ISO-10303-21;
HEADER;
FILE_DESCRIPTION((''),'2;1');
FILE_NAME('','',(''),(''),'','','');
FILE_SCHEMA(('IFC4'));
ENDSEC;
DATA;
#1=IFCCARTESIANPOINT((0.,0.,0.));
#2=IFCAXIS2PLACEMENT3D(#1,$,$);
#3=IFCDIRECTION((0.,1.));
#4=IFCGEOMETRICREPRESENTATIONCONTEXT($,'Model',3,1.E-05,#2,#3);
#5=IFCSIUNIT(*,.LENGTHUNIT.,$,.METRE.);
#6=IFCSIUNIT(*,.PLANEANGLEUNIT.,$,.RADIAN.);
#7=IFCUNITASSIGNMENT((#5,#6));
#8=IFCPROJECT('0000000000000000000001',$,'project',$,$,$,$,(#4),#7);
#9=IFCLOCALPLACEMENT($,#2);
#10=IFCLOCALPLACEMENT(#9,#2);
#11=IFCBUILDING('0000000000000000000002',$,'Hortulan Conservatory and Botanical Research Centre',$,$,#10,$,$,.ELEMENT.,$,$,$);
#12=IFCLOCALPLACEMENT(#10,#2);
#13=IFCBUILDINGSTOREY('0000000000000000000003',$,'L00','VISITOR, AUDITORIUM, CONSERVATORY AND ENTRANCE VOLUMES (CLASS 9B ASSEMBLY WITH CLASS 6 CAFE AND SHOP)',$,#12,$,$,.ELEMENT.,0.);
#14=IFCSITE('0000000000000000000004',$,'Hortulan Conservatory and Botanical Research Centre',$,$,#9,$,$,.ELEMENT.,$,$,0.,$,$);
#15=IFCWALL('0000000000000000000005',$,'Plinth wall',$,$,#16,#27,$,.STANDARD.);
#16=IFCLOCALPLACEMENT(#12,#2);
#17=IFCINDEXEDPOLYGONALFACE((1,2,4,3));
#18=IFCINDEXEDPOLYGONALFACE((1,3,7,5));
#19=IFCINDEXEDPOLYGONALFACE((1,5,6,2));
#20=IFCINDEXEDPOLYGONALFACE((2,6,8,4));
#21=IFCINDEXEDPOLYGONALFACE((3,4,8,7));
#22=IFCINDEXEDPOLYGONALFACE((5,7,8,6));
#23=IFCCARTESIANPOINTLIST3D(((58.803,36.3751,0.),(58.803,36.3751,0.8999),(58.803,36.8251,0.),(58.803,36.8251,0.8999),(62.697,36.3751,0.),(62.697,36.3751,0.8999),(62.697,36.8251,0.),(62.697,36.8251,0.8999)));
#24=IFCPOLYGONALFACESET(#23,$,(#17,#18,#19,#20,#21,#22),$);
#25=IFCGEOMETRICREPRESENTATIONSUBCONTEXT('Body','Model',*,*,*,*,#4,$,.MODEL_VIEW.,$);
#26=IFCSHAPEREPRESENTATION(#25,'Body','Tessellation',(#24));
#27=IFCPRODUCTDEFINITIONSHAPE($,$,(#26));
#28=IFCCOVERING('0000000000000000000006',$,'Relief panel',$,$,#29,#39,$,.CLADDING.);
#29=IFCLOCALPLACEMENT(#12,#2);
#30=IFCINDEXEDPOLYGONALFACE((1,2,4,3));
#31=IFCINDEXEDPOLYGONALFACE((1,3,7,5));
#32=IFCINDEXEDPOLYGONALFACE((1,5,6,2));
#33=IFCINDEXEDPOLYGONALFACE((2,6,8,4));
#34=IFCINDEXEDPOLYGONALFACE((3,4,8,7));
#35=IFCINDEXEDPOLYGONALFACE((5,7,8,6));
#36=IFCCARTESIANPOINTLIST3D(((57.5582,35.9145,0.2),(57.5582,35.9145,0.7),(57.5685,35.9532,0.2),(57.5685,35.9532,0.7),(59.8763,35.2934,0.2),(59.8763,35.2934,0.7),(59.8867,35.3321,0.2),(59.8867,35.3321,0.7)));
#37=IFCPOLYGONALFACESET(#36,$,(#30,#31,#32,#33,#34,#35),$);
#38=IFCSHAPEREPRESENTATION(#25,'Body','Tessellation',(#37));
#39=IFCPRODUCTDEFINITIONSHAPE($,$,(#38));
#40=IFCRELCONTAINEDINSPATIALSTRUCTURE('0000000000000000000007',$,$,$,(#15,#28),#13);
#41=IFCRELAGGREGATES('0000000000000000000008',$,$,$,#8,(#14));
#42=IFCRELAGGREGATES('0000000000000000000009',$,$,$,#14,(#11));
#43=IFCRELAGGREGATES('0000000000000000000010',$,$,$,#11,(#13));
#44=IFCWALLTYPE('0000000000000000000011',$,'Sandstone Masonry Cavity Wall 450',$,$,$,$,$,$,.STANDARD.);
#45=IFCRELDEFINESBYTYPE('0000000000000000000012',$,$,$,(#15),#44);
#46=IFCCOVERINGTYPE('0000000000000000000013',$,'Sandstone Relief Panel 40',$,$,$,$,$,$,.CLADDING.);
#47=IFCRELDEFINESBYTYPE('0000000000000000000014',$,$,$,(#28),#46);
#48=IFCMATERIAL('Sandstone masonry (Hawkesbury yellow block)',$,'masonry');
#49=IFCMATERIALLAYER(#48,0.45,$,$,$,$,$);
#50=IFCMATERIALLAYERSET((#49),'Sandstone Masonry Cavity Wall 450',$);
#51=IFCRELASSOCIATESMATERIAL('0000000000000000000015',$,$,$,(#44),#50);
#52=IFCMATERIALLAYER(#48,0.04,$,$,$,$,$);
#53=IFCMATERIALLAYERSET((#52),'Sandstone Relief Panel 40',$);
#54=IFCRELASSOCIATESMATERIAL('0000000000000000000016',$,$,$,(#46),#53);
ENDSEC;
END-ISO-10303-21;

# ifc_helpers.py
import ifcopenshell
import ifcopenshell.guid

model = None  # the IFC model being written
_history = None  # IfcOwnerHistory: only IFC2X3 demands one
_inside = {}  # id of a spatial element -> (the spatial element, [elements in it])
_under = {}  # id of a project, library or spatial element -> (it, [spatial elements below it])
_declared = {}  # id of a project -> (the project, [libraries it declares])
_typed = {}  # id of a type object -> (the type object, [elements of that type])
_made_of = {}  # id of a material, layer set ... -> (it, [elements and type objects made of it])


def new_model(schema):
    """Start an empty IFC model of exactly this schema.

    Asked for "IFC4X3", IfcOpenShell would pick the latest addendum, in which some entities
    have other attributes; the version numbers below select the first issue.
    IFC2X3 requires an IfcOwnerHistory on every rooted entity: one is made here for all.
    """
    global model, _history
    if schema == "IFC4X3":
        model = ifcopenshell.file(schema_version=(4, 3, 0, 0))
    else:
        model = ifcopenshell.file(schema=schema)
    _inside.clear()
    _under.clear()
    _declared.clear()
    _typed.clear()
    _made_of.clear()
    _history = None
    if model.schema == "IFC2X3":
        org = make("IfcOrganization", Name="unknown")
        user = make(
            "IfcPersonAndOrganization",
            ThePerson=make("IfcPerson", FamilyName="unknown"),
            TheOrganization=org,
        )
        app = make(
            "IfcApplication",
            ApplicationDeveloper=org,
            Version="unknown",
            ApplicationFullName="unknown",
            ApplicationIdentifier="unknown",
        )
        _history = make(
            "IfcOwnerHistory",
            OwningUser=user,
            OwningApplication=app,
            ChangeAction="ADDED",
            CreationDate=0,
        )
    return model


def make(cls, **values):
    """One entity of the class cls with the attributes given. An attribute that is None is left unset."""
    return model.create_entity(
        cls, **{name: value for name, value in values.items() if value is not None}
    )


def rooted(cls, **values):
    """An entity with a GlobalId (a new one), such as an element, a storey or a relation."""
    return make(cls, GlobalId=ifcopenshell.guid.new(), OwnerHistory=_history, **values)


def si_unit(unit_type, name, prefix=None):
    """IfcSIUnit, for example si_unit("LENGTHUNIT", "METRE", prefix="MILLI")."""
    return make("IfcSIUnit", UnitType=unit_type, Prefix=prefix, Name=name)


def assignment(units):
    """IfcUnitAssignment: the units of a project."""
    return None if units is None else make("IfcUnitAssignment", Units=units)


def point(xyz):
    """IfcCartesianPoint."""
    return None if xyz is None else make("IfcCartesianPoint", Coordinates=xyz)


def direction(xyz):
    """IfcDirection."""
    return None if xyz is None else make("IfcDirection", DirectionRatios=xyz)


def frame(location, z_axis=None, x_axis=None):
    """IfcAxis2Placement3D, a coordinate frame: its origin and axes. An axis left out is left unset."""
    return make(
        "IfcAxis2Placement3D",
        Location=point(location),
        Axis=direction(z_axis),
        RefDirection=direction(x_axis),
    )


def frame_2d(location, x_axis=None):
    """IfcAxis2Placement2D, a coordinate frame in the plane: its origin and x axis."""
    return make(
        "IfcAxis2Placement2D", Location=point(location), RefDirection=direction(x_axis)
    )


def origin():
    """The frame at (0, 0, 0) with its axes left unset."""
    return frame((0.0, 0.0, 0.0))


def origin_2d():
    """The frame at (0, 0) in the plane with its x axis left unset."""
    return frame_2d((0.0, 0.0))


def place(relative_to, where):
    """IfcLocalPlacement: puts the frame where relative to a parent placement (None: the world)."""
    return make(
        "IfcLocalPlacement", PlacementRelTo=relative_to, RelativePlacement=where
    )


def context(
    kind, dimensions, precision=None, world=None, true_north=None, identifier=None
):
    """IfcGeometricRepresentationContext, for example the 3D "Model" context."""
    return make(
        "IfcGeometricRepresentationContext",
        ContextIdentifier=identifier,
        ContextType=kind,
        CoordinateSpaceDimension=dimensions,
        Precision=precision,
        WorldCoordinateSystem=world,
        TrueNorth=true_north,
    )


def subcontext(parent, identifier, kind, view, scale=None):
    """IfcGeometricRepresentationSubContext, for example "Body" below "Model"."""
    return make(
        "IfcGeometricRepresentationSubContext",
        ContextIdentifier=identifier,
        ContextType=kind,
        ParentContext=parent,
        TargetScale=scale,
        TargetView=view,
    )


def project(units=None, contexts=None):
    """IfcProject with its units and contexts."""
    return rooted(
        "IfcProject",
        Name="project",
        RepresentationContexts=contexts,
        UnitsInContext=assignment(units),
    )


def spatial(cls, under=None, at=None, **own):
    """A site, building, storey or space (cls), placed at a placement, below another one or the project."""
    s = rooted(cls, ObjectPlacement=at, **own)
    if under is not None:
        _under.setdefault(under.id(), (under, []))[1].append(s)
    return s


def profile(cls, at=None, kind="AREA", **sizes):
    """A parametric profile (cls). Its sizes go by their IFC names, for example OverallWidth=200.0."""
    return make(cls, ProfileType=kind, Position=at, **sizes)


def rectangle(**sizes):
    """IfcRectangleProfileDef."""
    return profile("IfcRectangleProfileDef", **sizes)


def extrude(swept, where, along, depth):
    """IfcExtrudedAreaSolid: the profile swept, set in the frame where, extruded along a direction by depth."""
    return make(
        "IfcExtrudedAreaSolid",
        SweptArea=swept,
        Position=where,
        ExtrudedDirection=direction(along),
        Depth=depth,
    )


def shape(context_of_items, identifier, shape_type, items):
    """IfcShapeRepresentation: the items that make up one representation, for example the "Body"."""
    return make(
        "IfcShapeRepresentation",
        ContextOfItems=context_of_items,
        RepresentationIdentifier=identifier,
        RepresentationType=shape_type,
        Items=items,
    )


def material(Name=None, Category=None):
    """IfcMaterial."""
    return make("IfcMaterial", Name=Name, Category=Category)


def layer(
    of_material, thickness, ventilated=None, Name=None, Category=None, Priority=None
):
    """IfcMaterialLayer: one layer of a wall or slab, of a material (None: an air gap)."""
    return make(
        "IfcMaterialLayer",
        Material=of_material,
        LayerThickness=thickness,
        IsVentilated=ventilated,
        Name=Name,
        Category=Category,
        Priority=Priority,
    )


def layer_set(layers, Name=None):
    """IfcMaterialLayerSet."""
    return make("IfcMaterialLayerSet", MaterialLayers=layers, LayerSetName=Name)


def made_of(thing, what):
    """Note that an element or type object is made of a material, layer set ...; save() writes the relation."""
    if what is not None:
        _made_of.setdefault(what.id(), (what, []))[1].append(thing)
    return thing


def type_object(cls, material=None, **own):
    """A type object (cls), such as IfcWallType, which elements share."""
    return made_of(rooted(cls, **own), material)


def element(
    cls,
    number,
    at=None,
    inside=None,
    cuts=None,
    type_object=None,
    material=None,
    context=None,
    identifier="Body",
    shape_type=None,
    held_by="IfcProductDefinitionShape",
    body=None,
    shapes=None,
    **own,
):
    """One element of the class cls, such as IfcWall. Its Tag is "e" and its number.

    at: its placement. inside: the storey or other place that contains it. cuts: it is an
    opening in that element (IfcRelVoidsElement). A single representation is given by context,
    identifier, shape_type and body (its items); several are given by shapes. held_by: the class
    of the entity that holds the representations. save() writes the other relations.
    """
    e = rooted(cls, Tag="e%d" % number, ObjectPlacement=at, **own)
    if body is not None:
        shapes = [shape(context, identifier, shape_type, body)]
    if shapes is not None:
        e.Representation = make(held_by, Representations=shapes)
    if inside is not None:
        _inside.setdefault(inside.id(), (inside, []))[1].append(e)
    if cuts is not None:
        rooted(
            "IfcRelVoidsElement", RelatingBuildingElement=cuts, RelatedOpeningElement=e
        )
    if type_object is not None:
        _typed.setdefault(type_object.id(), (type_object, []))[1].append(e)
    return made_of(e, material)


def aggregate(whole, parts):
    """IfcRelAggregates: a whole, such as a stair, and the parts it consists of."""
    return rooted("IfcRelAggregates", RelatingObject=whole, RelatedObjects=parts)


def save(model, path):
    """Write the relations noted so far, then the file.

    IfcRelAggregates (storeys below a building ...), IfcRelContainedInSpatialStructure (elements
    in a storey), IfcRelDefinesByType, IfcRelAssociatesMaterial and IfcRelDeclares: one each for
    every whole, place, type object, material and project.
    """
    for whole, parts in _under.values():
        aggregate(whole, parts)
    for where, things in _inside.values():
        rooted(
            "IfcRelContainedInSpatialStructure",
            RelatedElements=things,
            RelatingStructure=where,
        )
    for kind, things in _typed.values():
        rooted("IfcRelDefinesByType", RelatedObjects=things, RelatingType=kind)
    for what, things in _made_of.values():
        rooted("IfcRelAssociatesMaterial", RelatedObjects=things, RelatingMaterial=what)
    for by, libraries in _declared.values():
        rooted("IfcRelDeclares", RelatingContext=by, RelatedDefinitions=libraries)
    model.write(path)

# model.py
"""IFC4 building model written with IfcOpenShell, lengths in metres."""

from ifc_helpers import new_model, si_unit, direction, frame, frame_2d, origin, origin_2d, place, context, subcontext, project, spatial, rectangle, extrude, material, layer, layer_set, type_object, element, save


model = new_model("IFC4")

# Units and contexts
model_context = context("Model", 3, precision=1e-05, world=origin(), true_north=direction((0.0, 1.0)))
body_context = subcontext(model_context, "Body", "Model", "MODEL_VIEW")
ifc_project = project(units=[si_unit("LENGTHUNIT", "METRE"), si_unit("PLANEANGLEUNIT", "RADIAN")], contexts=[model_context])

# Site, building, storey
site_placement = place(None, origin())
site = spatial("IfcSite", under=ifc_project, at=site_placement, Name="Hortulan Conservatory and Botanical Research Centre", CompositionType="ELEMENT", RefElevation=0.0)
building_placement = place(site_placement, origin())
building = spatial("IfcBuilding", under=site, at=building_placement, Name="Hortulan Conservatory and Botanical Research Centre", CompositionType="ELEMENT")
storey_placement = place(building_placement, origin())
storey = spatial("IfcBuildingStorey", under=building, at=storey_placement, Name="L00", Description="VISITOR, AUDITORIUM, CONSERVATORY AND ENTRANCE VOLUMES (CLASS 9B ASSEMBLY WITH CLASS 6 CAFE AND SHOP)", CompositionType="ELEMENT", Elevation=0.0)

# Wall
ifc_material_1 = material(Name="Sandstone masonry (Hawkesbury yellow block)", Category="masonry")
ifc_layer_1 = layer(ifc_material_1, 0.45)
ifc_layer_set_1 = layer_set([ifc_layer_1], Name="Sandstone Masonry Cavity Wall 450")
wall_type = type_object("IfcWallType", Name="Sandstone Masonry Cavity Wall 450", PredefinedType="STANDARD", material=ifc_layer_set_1)
wall_1_placement = place(storey_placement, frame((58.803, 36.6001, 0.0), z_axis=(0.0, 0.0, 1.0), x_axis=(1.0, 0.0, 0.0)))
element("IfcWall", 1, at=wall_1_placement, inside=storey, type_object=wall_type, Name="Plinth wall", PredefinedType="STANDARD", context=body_context, shape_type="SweptSolid", body=[
    extrude(rectangle(XDim=3.894, YDim=0.45, at=frame_2d((1.947, 0.0))), origin(), (0.0, 0.0, 1.0), 0.8999),
])

# Covering
ifc_layer_2 = layer(ifc_material_1, 0.04)
ifc_layer_set_2 = layer_set([ifc_layer_2], Name="Sandstone Relief Panel 40")
covering_type = type_object("IfcCoveringType", Name="Sandstone Relief Panel 40", PredefinedType="CLADDING", material=ifc_layer_set_2)
covering_placement = place(storey_placement, frame((58.7224, 35.6233, 0.2), z_axis=(0.0, 0.0, 1.0), x_axis=(0.965925, -0.258822, 0.0)))
element("IfcCovering", 2, at=covering_placement, inside=storey, type_object=covering_type, Name="Relief panel", PredefinedType="CLADDING", context=body_context, shape_type="SweptSolid", body=[
    extrude(rectangle(XDim=2.3999, YDim=0.04, at=origin_2d()), origin(), (0.0, 0.0, 1.0), 0.5),
])

save(model, "model.ifc")
